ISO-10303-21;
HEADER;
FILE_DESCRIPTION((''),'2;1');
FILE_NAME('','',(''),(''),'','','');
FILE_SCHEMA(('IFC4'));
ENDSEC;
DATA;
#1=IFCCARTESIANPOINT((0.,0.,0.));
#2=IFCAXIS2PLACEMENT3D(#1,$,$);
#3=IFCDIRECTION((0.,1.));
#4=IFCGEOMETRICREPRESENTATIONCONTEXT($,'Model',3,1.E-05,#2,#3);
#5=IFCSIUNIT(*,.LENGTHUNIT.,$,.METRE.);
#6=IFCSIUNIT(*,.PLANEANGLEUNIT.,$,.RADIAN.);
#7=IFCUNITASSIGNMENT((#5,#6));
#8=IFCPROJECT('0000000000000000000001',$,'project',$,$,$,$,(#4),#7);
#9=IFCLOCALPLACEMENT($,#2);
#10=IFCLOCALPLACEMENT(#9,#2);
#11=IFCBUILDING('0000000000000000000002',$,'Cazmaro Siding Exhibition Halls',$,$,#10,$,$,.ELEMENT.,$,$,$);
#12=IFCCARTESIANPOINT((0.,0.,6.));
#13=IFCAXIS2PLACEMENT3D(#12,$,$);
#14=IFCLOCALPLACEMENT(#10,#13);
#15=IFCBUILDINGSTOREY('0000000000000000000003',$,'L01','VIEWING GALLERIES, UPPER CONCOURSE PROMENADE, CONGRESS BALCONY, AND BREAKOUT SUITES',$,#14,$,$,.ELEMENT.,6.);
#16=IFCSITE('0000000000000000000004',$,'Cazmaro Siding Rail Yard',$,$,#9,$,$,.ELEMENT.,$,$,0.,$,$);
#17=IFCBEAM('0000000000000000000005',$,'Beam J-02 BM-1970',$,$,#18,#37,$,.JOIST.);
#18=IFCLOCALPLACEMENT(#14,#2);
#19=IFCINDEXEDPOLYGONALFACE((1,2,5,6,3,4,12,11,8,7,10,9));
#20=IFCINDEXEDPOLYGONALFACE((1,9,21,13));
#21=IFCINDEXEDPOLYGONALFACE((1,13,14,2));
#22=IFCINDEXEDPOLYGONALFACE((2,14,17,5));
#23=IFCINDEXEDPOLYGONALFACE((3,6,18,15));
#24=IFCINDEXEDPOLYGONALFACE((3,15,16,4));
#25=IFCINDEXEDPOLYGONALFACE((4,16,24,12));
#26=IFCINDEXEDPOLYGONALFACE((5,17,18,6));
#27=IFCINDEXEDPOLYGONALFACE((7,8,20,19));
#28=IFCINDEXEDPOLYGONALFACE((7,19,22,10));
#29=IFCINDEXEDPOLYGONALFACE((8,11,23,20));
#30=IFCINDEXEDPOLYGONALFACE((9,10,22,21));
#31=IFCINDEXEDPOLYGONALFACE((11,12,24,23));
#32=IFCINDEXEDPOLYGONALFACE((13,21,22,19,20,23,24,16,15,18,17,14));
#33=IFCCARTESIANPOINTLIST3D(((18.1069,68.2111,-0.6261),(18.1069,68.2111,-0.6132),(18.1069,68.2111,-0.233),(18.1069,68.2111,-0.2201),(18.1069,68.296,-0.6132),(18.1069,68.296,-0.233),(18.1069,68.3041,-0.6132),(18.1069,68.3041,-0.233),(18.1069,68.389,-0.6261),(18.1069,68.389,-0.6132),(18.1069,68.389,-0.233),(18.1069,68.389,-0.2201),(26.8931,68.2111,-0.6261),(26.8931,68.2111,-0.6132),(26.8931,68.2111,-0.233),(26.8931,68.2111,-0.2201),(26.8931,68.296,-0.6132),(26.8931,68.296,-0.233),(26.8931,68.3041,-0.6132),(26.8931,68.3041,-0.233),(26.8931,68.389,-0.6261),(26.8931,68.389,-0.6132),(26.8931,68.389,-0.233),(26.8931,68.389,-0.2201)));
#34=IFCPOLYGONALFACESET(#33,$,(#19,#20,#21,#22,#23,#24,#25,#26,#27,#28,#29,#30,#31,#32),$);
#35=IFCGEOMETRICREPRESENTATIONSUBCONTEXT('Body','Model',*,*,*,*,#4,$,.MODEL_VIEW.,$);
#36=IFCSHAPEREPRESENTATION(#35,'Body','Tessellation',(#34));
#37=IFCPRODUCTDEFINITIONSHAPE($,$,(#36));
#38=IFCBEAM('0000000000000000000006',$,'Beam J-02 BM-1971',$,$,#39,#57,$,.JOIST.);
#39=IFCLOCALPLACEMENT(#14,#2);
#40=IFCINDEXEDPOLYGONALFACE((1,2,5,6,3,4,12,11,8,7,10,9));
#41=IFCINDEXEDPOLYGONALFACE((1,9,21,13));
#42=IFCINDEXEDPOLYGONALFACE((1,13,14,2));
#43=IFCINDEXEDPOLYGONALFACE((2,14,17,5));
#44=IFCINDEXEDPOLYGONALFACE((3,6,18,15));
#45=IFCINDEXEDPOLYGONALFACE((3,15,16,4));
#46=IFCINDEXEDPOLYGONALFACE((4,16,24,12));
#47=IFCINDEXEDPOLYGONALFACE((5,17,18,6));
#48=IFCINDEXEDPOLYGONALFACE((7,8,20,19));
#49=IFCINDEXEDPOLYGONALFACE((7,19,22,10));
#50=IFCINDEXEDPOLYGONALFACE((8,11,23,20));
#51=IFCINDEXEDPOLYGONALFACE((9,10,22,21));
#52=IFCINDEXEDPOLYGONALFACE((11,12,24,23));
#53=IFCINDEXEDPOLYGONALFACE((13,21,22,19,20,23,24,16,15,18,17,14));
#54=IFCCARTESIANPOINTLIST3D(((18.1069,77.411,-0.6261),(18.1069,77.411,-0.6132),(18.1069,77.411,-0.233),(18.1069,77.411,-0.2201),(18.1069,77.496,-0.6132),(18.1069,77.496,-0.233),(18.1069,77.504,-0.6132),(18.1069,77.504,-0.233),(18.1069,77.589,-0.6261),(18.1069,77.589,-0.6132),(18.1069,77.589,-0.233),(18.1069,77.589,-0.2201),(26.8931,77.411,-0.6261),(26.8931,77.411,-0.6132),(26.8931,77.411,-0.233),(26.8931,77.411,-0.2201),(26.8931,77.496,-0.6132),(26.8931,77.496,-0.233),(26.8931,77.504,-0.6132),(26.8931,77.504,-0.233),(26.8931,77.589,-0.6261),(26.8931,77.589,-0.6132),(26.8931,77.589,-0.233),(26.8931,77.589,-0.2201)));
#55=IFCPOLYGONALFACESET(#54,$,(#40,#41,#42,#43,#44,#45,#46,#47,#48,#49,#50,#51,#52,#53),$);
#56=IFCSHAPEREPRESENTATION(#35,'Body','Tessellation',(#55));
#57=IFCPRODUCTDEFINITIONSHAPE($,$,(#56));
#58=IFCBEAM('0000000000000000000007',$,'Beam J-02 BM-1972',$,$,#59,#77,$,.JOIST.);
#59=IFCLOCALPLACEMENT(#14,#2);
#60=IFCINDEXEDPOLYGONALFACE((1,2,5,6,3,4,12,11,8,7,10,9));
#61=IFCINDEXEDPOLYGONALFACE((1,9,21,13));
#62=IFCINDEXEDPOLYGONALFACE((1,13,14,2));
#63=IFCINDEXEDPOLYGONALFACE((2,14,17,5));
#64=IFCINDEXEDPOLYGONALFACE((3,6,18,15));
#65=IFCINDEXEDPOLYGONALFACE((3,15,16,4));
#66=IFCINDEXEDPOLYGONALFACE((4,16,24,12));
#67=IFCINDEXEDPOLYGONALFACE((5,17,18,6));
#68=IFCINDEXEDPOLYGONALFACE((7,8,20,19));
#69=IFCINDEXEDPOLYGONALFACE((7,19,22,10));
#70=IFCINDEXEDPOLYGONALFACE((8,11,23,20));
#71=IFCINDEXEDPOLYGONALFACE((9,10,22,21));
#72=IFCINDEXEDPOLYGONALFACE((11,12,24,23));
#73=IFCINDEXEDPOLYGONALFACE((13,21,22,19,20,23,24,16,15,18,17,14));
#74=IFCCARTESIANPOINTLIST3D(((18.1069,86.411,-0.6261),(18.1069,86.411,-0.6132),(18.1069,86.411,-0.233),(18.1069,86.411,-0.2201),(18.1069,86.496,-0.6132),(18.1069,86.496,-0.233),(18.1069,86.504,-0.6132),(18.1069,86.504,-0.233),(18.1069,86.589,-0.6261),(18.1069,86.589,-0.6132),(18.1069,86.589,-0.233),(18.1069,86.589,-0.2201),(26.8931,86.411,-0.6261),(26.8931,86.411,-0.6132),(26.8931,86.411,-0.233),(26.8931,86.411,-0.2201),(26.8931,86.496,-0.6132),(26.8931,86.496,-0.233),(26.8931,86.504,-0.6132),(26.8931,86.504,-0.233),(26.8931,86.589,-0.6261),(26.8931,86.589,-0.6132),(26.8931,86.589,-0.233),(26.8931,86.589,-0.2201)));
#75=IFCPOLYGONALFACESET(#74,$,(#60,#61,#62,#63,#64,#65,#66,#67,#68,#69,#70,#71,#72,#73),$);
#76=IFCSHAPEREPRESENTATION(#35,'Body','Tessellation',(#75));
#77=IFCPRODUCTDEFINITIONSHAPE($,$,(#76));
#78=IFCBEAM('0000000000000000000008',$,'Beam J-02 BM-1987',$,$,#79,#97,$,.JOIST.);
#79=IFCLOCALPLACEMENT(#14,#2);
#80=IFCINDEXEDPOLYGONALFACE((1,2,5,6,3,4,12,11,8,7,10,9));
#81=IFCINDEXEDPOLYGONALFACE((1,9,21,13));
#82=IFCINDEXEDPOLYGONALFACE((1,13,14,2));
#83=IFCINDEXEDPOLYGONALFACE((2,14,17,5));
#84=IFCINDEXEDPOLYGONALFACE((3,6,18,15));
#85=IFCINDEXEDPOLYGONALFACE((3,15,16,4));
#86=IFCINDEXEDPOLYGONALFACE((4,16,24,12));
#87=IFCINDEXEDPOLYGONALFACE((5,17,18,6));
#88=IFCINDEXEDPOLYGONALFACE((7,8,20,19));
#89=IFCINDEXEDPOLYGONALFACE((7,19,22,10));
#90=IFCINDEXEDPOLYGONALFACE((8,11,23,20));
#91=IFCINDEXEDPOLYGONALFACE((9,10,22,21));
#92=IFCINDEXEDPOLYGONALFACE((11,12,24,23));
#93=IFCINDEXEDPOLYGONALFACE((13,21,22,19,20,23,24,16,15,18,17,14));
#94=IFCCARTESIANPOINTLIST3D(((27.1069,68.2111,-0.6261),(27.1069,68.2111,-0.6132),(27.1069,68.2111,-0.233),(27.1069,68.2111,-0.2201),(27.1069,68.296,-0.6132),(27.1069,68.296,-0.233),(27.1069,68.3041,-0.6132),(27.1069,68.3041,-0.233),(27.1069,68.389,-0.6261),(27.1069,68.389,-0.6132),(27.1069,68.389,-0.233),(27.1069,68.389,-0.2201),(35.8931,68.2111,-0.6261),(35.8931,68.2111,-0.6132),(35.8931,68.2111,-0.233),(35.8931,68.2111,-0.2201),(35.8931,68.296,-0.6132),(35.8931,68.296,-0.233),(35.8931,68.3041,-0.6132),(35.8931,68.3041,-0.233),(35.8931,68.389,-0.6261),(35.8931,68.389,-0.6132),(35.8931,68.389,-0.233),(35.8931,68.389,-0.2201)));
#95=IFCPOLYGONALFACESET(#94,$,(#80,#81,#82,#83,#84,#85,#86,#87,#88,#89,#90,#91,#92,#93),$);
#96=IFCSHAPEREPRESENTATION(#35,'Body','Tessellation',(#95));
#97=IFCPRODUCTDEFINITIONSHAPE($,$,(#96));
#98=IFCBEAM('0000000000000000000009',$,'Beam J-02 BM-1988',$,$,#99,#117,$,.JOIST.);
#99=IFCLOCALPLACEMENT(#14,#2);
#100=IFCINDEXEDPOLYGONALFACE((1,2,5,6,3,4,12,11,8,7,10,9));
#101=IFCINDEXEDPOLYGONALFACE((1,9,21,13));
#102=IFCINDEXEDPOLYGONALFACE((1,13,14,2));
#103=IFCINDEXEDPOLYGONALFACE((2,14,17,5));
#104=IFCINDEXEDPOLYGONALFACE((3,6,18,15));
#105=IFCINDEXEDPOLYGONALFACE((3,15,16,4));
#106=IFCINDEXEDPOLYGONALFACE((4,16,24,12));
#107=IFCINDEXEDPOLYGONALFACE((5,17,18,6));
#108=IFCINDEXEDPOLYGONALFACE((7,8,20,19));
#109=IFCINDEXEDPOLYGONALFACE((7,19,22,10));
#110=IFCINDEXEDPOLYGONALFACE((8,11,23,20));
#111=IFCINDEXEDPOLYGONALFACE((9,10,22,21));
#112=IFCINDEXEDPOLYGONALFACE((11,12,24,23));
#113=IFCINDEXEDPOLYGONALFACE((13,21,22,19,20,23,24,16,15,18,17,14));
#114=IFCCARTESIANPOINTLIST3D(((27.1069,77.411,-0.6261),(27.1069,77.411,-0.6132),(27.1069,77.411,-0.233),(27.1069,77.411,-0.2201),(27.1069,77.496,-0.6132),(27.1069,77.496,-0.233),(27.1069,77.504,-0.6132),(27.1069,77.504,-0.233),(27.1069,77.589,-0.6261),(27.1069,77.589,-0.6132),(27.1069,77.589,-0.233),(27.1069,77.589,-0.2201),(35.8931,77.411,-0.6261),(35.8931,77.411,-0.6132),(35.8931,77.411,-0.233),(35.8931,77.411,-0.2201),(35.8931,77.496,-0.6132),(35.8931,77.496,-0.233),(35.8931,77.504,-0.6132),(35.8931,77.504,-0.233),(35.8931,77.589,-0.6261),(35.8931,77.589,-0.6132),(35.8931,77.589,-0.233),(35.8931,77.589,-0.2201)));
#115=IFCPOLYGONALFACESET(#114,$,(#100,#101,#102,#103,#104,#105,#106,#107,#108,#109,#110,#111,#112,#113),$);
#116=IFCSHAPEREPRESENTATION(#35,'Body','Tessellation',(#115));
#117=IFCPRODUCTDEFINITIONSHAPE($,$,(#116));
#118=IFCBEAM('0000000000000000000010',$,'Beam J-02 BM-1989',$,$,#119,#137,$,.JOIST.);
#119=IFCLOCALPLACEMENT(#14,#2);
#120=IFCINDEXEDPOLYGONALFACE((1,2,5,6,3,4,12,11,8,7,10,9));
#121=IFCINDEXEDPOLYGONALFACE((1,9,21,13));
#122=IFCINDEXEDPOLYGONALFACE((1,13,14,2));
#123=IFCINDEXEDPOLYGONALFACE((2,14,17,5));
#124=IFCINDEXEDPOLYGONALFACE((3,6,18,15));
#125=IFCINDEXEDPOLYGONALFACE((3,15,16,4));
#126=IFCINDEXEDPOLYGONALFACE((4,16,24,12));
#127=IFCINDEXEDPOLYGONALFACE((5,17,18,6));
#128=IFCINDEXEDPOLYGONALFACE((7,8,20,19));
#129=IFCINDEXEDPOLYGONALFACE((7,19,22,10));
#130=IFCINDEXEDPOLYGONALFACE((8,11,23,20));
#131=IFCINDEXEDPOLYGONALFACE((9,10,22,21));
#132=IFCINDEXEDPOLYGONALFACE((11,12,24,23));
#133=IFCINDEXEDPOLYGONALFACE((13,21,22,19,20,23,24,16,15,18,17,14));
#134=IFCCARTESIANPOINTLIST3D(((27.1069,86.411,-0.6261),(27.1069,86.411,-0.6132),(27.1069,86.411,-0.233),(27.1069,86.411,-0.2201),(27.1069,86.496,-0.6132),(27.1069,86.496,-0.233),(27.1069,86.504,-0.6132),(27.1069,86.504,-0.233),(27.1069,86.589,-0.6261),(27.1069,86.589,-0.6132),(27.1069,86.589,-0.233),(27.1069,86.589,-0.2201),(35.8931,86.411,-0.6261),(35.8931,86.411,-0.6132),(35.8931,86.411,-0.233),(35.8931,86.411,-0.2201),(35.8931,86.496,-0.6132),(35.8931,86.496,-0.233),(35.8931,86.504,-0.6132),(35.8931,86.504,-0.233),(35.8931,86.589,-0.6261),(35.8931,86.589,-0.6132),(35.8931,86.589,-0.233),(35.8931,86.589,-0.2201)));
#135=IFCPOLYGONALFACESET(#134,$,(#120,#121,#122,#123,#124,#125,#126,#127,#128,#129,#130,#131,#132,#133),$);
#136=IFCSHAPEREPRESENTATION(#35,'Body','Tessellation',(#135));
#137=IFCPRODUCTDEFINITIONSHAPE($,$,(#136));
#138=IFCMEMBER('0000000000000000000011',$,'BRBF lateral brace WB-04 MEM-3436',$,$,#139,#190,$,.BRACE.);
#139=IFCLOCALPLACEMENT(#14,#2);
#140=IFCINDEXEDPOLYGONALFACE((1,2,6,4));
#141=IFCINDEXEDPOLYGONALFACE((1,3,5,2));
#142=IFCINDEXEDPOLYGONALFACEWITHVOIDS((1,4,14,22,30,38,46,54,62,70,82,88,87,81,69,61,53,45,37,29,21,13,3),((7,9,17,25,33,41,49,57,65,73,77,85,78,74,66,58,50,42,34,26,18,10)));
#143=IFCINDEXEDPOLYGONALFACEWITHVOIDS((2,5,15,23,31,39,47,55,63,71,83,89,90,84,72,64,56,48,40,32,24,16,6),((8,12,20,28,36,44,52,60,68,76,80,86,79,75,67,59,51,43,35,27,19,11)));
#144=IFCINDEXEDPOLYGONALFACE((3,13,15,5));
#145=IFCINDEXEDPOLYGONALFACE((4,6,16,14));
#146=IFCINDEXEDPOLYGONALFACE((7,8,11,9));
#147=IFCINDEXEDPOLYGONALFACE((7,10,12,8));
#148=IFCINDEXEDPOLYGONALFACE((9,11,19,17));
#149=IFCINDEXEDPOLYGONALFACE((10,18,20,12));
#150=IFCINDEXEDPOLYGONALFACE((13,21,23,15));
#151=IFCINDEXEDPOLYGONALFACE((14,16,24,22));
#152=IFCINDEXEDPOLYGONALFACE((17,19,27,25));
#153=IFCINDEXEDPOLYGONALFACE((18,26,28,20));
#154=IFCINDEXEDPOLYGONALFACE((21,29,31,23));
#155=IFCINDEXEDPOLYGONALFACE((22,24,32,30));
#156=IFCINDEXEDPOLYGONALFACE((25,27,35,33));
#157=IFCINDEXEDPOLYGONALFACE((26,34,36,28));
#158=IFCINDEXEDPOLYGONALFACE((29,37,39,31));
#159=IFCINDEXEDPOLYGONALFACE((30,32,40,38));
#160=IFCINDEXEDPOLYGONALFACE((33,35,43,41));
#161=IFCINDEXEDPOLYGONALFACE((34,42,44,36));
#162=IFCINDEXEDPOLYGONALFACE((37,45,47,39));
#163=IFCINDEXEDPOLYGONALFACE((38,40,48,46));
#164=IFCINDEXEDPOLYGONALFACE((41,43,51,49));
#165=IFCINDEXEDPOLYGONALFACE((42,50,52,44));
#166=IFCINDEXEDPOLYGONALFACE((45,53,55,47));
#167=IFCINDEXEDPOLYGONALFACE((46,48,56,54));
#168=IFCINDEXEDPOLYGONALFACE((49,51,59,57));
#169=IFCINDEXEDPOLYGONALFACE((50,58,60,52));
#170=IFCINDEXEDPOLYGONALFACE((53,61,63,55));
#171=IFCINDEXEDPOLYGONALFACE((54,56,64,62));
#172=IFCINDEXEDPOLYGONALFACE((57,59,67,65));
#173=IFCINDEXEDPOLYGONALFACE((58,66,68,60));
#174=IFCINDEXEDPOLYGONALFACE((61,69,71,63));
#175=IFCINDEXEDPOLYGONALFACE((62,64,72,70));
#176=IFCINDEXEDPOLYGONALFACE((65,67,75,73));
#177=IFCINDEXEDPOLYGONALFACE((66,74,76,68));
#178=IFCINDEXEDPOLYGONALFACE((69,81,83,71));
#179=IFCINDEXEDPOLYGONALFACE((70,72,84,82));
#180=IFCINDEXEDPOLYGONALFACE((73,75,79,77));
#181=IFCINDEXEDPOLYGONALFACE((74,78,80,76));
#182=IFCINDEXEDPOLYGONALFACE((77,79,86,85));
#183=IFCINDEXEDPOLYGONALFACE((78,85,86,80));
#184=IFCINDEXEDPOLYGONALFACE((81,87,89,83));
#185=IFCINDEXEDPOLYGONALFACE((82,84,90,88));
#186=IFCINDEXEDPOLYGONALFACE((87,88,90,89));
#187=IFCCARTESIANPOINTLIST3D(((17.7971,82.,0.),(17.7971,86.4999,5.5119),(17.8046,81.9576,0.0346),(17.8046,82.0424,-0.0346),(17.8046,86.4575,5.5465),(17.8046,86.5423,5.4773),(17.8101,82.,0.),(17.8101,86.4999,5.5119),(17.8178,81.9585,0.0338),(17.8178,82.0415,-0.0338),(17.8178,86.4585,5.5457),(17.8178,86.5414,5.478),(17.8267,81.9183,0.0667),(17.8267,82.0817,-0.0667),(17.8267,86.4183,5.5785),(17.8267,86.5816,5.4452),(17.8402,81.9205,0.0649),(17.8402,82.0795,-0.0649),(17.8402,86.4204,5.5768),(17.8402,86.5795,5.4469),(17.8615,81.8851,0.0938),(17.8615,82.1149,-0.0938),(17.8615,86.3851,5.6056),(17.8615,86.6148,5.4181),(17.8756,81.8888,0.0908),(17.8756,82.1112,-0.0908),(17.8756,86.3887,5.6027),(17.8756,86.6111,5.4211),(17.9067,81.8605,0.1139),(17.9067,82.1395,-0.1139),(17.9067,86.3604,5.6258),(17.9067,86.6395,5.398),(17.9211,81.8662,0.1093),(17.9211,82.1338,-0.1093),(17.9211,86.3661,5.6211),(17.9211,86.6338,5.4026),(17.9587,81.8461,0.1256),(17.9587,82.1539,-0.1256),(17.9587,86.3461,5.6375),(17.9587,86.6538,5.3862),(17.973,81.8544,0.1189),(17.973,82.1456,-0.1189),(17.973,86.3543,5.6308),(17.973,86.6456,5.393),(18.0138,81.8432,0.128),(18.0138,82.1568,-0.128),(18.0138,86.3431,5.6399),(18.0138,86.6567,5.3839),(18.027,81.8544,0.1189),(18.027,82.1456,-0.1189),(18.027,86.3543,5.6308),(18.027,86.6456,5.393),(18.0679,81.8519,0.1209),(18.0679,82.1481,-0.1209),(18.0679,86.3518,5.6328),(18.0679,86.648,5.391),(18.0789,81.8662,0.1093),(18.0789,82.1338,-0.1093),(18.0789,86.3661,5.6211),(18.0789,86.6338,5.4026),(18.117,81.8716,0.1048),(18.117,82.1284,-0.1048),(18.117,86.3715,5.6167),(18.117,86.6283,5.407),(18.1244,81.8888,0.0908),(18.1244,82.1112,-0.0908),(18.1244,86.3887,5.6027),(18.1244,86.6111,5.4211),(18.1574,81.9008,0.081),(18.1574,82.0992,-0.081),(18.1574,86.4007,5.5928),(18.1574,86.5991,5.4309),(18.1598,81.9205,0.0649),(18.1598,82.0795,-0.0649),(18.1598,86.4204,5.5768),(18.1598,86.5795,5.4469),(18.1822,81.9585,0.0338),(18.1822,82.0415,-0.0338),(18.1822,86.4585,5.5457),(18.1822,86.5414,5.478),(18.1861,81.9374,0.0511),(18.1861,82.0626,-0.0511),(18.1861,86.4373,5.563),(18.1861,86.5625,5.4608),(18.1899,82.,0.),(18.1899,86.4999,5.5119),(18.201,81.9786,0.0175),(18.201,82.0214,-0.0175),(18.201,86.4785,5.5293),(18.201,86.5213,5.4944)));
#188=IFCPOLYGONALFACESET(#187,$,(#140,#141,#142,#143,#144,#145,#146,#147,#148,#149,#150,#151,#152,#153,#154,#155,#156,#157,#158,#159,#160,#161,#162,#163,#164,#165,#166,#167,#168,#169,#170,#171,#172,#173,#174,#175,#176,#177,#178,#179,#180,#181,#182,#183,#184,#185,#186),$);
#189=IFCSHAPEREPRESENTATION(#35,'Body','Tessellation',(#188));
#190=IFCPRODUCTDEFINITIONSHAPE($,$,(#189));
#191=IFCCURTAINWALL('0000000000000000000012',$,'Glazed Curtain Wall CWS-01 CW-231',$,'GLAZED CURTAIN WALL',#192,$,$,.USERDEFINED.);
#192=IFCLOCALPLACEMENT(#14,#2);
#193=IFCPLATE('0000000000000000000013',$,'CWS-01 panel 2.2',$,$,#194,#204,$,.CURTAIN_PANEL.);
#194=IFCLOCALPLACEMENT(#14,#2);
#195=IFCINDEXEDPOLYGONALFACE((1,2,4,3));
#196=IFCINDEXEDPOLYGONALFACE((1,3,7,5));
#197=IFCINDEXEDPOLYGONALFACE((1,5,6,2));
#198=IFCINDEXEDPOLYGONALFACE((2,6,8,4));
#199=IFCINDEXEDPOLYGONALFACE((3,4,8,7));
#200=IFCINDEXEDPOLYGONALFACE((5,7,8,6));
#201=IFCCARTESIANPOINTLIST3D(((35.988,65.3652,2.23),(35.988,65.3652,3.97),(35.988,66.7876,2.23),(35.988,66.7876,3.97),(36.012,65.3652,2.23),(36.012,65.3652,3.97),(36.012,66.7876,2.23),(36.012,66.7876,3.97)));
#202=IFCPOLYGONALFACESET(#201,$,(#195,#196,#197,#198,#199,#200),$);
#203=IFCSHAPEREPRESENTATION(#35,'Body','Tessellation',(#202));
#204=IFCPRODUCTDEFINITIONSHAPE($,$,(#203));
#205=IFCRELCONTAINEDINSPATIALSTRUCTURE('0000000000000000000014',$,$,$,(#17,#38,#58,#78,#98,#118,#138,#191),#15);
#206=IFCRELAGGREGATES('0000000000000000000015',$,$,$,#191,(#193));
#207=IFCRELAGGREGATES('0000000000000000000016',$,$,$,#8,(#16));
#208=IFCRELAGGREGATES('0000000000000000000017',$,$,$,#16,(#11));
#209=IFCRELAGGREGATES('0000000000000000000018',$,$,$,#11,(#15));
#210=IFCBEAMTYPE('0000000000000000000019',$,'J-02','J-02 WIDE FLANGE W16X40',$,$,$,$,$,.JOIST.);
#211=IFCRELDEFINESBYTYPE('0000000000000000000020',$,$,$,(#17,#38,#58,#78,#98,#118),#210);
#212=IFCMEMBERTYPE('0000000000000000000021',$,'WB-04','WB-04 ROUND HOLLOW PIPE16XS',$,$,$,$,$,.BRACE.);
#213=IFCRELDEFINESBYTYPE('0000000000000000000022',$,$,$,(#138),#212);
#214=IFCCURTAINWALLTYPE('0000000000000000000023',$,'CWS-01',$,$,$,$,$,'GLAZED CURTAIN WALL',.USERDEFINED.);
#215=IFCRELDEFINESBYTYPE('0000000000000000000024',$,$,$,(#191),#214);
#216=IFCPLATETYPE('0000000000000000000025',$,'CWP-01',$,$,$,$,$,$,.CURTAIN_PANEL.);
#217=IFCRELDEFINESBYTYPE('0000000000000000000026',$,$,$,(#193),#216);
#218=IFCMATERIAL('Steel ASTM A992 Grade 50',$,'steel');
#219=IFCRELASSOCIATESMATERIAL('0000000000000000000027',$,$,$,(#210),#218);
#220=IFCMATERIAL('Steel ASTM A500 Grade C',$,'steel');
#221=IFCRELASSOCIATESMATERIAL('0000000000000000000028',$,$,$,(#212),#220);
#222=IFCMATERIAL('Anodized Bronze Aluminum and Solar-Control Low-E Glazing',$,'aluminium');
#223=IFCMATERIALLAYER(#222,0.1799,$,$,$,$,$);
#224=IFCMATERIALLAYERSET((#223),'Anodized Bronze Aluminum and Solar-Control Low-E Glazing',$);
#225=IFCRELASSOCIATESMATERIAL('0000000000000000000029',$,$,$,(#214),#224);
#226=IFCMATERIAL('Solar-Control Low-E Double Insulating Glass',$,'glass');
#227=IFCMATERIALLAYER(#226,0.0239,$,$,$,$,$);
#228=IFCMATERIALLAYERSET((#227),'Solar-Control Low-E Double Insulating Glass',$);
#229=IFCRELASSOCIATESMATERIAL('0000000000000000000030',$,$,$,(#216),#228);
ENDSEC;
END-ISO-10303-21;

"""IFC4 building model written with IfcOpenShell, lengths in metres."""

from ifc_helpers import new_model, si_unit, direction, frame, origin, origin_2d, place, context, subcontext, project, spatial, rectangle, hollow_circle, i_section, extrude, material, layer, layer_set, material_profile, profile_set, type_object, element, aggregate, save


model = new_model("IFC4")

# Units and contexts
model_context = context("Model", 3, precision=1e-05, world=origin(), true_north=direction((0.0, 1.0)))
body_context = subcontext(model_context, "Body", "Model", "MODEL_VIEW")
ifc_project = project(units=[si_unit("LENGTHUNIT", "METRE"), si_unit("PLANEANGLEUNIT", "RADIAN")], contexts=[model_context])

# Site, building, storey
site_placement = place(None, origin())
site = spatial("IfcSite", under=ifc_project, at=site_placement, Name="Cazmaro Siding Rail Yard", CompositionType="ELEMENT", RefElevation=0.0)
building_placement = place(site_placement, origin())
building = spatial("IfcBuilding", under=site, at=building_placement, Name="Cazmaro Siding Exhibition Halls", CompositionType="ELEMENT")
storey_placement = place(building_placement, frame((0.0, 0.0, 6.0)))
storey = spatial("IfcBuildingStorey", under=building, at=storey_placement, Name="L01", Description="VIEWING GALLERIES, UPPER CONCOURSE PROMENADE, CONGRESS BALCONY, AND BREAKOUT SUITES", CompositionType="ELEMENT", Elevation=6.0)

# Beams
ifc_material_1 = material(Name="Steel ASTM A992 Grade 50", Category="steel")
ifc_material_profile_1 = material_profile(ifc_material_1, i_section(OverallWidth=0.178, OverallDepth=0.406, WebThickness=0.0081, FlangeThickness=0.0129, at=origin_2d()), Name="W16X40")
ifc_profile_set_1 = profile_set([ifc_material_profile_1], Name="Steel ASTM A992 Grade 50")
beam_type_1 = type_object("IfcBeamType", Name="J-02", Description="J-02 WIDE FLANGE W16X40", PredefinedType="JOIST", material=ifc_profile_set_1)
for number, where, z_axis, x_axis, name in (
    (1, (18.1069, 68.3, -0.4231), (1.0, 0.0, 0.0), (0.0, 1.0, 0.0), "Beam J-02 BM-1970"),
    (2, (18.1069, 77.5, -0.4231), (1.0, 0.0, 0.0), (0.0, 1.0, 0.0), "Beam J-02 BM-1971"),
    (3, (18.1069, 86.5, -0.4231), (1.0, 0.0, 0.0), (0.0, 1.0, 0.0), "Beam J-02 BM-1972"),
    (4, (27.1069, 68.3, -0.4231), (1.0, 0.0, 0.0), (0.0, 1.0, 0.0), "Beam J-02 BM-1987"),
    (5, (27.1069, 77.5, -0.4231), (1.0, 0.0, 0.0), (0.0, 1.0, 0.0), "Beam J-02 BM-1988"),
    (6, (27.1069, 86.5, -0.4231), (1.0, 0.0, 0.0), (0.0, 1.0, 0.0), "Beam J-02 BM-1989"),
):
    element("IfcBeam", number, at=place(storey_placement, frame(where, z_axis=z_axis, x_axis=x_axis)), inside=storey, type_object=beam_type_1, Name=name, PredefinedType="JOIST", context=body_context, shape_type="SweptSolid", body=[
        extrude(i_section(OverallWidth=0.178, OverallDepth=0.406, WebThickness=0.0081, FlangeThickness=0.0129, at=origin_2d()), origin(), (0.0, 0.0, 1.0), 8.7861),
    ])

# Member
ifc_material_2 = material(Name="Steel ASTM A500 Grade C", Category="steel")
ifc_material_profile_2 = material_profile(ifc_material_2, hollow_circle(Radius=0.2029, WallThickness=0.0129, at=origin_2d()), Name="PIPE16XS")
ifc_profile_set_2 = profile_set([ifc_material_profile_2], Name="Steel ASTM A500 Grade C")
member_type = type_object("IfcMemberType", Name="WB-04", Description="WB-04 ROUND HOLLOW PIPE16XS", PredefinedType="BRACE", material=ifc_profile_set_2)
member_placement = place(storey_placement, frame((18.0, 82.0, 0.0), z_axis=(0.0, 0.632413, 0.774631), x_axis=(-1.0, 0.0, 0.0)))
element("IfcMember", 7, at=member_placement, inside=storey, type_object=member_type, Name="BRBF lateral brace WB-04 MEM-3436", PredefinedType="BRACE", context=body_context, shape_type="SweptSolid", body=[
    extrude(hollow_circle(Radius=0.2029, WallThickness=0.0129, at=origin_2d()), origin(), (0.0, 0.0, 1.0), 7.1155),
])

# Curtain wall, plate
ifc_material_3 = material(Name="Anodized Bronze Aluminum and Solar-Control Low-E Glazing", Category="aluminium")
ifc_layer_1 = layer(ifc_material_3, 0.1799)
ifc_layer_set_1 = layer_set([ifc_layer_1], Name="Anodized Bronze Aluminum and Solar-Control Low-E Glazing")
curtain_wall_type = type_object("IfcCurtainWallType", Name="CWS-01", ElementType="GLAZED CURTAIN WALL", PredefinedType="USERDEFINED", material=ifc_layer_set_1)
curtain_wall_placement = place(storey_placement, origin())
curtain_wall = element("IfcCurtainWall", 8, at=curtain_wall_placement, inside=storey, type_object=curtain_wall_type, Name="Glazed Curtain Wall CWS-01 CW-231", ObjectType="GLAZED CURTAIN WALL", PredefinedType="USERDEFINED")
ifc_material_4 = material(Name="Solar-Control Low-E Double Insulating Glass", Category="glass")
ifc_layer_2 = layer(ifc_material_4, 0.0239)
ifc_layer_set_2 = layer_set([ifc_layer_2], Name="Solar-Control Low-E Double Insulating Glass")
plate_type = type_object("IfcPlateType", Name="CWP-01", PredefinedType="CURTAIN_PANEL", material=ifc_layer_set_2)
plate_placement = place(storey_placement, frame((36.0, 66.0764, 2.23), z_axis=(0.0, 0.0, 1.0), x_axis=(0.0, 1.0, 0.0)))
plate = element("IfcPlate", 9, at=plate_placement, type_object=plate_type, Name="CWS-01 panel 2.2", PredefinedType="CURTAIN_PANEL", context=body_context, shape_type="SweptSolid", body=[
    extrude(rectangle(XDim=1.4224, YDim=0.0239, at=origin_2d()), origin(), (0.0, 0.0, 1.0), 1.74),
])
aggregate(curtain_wall, [plate])

save(model, "model.ifc")
